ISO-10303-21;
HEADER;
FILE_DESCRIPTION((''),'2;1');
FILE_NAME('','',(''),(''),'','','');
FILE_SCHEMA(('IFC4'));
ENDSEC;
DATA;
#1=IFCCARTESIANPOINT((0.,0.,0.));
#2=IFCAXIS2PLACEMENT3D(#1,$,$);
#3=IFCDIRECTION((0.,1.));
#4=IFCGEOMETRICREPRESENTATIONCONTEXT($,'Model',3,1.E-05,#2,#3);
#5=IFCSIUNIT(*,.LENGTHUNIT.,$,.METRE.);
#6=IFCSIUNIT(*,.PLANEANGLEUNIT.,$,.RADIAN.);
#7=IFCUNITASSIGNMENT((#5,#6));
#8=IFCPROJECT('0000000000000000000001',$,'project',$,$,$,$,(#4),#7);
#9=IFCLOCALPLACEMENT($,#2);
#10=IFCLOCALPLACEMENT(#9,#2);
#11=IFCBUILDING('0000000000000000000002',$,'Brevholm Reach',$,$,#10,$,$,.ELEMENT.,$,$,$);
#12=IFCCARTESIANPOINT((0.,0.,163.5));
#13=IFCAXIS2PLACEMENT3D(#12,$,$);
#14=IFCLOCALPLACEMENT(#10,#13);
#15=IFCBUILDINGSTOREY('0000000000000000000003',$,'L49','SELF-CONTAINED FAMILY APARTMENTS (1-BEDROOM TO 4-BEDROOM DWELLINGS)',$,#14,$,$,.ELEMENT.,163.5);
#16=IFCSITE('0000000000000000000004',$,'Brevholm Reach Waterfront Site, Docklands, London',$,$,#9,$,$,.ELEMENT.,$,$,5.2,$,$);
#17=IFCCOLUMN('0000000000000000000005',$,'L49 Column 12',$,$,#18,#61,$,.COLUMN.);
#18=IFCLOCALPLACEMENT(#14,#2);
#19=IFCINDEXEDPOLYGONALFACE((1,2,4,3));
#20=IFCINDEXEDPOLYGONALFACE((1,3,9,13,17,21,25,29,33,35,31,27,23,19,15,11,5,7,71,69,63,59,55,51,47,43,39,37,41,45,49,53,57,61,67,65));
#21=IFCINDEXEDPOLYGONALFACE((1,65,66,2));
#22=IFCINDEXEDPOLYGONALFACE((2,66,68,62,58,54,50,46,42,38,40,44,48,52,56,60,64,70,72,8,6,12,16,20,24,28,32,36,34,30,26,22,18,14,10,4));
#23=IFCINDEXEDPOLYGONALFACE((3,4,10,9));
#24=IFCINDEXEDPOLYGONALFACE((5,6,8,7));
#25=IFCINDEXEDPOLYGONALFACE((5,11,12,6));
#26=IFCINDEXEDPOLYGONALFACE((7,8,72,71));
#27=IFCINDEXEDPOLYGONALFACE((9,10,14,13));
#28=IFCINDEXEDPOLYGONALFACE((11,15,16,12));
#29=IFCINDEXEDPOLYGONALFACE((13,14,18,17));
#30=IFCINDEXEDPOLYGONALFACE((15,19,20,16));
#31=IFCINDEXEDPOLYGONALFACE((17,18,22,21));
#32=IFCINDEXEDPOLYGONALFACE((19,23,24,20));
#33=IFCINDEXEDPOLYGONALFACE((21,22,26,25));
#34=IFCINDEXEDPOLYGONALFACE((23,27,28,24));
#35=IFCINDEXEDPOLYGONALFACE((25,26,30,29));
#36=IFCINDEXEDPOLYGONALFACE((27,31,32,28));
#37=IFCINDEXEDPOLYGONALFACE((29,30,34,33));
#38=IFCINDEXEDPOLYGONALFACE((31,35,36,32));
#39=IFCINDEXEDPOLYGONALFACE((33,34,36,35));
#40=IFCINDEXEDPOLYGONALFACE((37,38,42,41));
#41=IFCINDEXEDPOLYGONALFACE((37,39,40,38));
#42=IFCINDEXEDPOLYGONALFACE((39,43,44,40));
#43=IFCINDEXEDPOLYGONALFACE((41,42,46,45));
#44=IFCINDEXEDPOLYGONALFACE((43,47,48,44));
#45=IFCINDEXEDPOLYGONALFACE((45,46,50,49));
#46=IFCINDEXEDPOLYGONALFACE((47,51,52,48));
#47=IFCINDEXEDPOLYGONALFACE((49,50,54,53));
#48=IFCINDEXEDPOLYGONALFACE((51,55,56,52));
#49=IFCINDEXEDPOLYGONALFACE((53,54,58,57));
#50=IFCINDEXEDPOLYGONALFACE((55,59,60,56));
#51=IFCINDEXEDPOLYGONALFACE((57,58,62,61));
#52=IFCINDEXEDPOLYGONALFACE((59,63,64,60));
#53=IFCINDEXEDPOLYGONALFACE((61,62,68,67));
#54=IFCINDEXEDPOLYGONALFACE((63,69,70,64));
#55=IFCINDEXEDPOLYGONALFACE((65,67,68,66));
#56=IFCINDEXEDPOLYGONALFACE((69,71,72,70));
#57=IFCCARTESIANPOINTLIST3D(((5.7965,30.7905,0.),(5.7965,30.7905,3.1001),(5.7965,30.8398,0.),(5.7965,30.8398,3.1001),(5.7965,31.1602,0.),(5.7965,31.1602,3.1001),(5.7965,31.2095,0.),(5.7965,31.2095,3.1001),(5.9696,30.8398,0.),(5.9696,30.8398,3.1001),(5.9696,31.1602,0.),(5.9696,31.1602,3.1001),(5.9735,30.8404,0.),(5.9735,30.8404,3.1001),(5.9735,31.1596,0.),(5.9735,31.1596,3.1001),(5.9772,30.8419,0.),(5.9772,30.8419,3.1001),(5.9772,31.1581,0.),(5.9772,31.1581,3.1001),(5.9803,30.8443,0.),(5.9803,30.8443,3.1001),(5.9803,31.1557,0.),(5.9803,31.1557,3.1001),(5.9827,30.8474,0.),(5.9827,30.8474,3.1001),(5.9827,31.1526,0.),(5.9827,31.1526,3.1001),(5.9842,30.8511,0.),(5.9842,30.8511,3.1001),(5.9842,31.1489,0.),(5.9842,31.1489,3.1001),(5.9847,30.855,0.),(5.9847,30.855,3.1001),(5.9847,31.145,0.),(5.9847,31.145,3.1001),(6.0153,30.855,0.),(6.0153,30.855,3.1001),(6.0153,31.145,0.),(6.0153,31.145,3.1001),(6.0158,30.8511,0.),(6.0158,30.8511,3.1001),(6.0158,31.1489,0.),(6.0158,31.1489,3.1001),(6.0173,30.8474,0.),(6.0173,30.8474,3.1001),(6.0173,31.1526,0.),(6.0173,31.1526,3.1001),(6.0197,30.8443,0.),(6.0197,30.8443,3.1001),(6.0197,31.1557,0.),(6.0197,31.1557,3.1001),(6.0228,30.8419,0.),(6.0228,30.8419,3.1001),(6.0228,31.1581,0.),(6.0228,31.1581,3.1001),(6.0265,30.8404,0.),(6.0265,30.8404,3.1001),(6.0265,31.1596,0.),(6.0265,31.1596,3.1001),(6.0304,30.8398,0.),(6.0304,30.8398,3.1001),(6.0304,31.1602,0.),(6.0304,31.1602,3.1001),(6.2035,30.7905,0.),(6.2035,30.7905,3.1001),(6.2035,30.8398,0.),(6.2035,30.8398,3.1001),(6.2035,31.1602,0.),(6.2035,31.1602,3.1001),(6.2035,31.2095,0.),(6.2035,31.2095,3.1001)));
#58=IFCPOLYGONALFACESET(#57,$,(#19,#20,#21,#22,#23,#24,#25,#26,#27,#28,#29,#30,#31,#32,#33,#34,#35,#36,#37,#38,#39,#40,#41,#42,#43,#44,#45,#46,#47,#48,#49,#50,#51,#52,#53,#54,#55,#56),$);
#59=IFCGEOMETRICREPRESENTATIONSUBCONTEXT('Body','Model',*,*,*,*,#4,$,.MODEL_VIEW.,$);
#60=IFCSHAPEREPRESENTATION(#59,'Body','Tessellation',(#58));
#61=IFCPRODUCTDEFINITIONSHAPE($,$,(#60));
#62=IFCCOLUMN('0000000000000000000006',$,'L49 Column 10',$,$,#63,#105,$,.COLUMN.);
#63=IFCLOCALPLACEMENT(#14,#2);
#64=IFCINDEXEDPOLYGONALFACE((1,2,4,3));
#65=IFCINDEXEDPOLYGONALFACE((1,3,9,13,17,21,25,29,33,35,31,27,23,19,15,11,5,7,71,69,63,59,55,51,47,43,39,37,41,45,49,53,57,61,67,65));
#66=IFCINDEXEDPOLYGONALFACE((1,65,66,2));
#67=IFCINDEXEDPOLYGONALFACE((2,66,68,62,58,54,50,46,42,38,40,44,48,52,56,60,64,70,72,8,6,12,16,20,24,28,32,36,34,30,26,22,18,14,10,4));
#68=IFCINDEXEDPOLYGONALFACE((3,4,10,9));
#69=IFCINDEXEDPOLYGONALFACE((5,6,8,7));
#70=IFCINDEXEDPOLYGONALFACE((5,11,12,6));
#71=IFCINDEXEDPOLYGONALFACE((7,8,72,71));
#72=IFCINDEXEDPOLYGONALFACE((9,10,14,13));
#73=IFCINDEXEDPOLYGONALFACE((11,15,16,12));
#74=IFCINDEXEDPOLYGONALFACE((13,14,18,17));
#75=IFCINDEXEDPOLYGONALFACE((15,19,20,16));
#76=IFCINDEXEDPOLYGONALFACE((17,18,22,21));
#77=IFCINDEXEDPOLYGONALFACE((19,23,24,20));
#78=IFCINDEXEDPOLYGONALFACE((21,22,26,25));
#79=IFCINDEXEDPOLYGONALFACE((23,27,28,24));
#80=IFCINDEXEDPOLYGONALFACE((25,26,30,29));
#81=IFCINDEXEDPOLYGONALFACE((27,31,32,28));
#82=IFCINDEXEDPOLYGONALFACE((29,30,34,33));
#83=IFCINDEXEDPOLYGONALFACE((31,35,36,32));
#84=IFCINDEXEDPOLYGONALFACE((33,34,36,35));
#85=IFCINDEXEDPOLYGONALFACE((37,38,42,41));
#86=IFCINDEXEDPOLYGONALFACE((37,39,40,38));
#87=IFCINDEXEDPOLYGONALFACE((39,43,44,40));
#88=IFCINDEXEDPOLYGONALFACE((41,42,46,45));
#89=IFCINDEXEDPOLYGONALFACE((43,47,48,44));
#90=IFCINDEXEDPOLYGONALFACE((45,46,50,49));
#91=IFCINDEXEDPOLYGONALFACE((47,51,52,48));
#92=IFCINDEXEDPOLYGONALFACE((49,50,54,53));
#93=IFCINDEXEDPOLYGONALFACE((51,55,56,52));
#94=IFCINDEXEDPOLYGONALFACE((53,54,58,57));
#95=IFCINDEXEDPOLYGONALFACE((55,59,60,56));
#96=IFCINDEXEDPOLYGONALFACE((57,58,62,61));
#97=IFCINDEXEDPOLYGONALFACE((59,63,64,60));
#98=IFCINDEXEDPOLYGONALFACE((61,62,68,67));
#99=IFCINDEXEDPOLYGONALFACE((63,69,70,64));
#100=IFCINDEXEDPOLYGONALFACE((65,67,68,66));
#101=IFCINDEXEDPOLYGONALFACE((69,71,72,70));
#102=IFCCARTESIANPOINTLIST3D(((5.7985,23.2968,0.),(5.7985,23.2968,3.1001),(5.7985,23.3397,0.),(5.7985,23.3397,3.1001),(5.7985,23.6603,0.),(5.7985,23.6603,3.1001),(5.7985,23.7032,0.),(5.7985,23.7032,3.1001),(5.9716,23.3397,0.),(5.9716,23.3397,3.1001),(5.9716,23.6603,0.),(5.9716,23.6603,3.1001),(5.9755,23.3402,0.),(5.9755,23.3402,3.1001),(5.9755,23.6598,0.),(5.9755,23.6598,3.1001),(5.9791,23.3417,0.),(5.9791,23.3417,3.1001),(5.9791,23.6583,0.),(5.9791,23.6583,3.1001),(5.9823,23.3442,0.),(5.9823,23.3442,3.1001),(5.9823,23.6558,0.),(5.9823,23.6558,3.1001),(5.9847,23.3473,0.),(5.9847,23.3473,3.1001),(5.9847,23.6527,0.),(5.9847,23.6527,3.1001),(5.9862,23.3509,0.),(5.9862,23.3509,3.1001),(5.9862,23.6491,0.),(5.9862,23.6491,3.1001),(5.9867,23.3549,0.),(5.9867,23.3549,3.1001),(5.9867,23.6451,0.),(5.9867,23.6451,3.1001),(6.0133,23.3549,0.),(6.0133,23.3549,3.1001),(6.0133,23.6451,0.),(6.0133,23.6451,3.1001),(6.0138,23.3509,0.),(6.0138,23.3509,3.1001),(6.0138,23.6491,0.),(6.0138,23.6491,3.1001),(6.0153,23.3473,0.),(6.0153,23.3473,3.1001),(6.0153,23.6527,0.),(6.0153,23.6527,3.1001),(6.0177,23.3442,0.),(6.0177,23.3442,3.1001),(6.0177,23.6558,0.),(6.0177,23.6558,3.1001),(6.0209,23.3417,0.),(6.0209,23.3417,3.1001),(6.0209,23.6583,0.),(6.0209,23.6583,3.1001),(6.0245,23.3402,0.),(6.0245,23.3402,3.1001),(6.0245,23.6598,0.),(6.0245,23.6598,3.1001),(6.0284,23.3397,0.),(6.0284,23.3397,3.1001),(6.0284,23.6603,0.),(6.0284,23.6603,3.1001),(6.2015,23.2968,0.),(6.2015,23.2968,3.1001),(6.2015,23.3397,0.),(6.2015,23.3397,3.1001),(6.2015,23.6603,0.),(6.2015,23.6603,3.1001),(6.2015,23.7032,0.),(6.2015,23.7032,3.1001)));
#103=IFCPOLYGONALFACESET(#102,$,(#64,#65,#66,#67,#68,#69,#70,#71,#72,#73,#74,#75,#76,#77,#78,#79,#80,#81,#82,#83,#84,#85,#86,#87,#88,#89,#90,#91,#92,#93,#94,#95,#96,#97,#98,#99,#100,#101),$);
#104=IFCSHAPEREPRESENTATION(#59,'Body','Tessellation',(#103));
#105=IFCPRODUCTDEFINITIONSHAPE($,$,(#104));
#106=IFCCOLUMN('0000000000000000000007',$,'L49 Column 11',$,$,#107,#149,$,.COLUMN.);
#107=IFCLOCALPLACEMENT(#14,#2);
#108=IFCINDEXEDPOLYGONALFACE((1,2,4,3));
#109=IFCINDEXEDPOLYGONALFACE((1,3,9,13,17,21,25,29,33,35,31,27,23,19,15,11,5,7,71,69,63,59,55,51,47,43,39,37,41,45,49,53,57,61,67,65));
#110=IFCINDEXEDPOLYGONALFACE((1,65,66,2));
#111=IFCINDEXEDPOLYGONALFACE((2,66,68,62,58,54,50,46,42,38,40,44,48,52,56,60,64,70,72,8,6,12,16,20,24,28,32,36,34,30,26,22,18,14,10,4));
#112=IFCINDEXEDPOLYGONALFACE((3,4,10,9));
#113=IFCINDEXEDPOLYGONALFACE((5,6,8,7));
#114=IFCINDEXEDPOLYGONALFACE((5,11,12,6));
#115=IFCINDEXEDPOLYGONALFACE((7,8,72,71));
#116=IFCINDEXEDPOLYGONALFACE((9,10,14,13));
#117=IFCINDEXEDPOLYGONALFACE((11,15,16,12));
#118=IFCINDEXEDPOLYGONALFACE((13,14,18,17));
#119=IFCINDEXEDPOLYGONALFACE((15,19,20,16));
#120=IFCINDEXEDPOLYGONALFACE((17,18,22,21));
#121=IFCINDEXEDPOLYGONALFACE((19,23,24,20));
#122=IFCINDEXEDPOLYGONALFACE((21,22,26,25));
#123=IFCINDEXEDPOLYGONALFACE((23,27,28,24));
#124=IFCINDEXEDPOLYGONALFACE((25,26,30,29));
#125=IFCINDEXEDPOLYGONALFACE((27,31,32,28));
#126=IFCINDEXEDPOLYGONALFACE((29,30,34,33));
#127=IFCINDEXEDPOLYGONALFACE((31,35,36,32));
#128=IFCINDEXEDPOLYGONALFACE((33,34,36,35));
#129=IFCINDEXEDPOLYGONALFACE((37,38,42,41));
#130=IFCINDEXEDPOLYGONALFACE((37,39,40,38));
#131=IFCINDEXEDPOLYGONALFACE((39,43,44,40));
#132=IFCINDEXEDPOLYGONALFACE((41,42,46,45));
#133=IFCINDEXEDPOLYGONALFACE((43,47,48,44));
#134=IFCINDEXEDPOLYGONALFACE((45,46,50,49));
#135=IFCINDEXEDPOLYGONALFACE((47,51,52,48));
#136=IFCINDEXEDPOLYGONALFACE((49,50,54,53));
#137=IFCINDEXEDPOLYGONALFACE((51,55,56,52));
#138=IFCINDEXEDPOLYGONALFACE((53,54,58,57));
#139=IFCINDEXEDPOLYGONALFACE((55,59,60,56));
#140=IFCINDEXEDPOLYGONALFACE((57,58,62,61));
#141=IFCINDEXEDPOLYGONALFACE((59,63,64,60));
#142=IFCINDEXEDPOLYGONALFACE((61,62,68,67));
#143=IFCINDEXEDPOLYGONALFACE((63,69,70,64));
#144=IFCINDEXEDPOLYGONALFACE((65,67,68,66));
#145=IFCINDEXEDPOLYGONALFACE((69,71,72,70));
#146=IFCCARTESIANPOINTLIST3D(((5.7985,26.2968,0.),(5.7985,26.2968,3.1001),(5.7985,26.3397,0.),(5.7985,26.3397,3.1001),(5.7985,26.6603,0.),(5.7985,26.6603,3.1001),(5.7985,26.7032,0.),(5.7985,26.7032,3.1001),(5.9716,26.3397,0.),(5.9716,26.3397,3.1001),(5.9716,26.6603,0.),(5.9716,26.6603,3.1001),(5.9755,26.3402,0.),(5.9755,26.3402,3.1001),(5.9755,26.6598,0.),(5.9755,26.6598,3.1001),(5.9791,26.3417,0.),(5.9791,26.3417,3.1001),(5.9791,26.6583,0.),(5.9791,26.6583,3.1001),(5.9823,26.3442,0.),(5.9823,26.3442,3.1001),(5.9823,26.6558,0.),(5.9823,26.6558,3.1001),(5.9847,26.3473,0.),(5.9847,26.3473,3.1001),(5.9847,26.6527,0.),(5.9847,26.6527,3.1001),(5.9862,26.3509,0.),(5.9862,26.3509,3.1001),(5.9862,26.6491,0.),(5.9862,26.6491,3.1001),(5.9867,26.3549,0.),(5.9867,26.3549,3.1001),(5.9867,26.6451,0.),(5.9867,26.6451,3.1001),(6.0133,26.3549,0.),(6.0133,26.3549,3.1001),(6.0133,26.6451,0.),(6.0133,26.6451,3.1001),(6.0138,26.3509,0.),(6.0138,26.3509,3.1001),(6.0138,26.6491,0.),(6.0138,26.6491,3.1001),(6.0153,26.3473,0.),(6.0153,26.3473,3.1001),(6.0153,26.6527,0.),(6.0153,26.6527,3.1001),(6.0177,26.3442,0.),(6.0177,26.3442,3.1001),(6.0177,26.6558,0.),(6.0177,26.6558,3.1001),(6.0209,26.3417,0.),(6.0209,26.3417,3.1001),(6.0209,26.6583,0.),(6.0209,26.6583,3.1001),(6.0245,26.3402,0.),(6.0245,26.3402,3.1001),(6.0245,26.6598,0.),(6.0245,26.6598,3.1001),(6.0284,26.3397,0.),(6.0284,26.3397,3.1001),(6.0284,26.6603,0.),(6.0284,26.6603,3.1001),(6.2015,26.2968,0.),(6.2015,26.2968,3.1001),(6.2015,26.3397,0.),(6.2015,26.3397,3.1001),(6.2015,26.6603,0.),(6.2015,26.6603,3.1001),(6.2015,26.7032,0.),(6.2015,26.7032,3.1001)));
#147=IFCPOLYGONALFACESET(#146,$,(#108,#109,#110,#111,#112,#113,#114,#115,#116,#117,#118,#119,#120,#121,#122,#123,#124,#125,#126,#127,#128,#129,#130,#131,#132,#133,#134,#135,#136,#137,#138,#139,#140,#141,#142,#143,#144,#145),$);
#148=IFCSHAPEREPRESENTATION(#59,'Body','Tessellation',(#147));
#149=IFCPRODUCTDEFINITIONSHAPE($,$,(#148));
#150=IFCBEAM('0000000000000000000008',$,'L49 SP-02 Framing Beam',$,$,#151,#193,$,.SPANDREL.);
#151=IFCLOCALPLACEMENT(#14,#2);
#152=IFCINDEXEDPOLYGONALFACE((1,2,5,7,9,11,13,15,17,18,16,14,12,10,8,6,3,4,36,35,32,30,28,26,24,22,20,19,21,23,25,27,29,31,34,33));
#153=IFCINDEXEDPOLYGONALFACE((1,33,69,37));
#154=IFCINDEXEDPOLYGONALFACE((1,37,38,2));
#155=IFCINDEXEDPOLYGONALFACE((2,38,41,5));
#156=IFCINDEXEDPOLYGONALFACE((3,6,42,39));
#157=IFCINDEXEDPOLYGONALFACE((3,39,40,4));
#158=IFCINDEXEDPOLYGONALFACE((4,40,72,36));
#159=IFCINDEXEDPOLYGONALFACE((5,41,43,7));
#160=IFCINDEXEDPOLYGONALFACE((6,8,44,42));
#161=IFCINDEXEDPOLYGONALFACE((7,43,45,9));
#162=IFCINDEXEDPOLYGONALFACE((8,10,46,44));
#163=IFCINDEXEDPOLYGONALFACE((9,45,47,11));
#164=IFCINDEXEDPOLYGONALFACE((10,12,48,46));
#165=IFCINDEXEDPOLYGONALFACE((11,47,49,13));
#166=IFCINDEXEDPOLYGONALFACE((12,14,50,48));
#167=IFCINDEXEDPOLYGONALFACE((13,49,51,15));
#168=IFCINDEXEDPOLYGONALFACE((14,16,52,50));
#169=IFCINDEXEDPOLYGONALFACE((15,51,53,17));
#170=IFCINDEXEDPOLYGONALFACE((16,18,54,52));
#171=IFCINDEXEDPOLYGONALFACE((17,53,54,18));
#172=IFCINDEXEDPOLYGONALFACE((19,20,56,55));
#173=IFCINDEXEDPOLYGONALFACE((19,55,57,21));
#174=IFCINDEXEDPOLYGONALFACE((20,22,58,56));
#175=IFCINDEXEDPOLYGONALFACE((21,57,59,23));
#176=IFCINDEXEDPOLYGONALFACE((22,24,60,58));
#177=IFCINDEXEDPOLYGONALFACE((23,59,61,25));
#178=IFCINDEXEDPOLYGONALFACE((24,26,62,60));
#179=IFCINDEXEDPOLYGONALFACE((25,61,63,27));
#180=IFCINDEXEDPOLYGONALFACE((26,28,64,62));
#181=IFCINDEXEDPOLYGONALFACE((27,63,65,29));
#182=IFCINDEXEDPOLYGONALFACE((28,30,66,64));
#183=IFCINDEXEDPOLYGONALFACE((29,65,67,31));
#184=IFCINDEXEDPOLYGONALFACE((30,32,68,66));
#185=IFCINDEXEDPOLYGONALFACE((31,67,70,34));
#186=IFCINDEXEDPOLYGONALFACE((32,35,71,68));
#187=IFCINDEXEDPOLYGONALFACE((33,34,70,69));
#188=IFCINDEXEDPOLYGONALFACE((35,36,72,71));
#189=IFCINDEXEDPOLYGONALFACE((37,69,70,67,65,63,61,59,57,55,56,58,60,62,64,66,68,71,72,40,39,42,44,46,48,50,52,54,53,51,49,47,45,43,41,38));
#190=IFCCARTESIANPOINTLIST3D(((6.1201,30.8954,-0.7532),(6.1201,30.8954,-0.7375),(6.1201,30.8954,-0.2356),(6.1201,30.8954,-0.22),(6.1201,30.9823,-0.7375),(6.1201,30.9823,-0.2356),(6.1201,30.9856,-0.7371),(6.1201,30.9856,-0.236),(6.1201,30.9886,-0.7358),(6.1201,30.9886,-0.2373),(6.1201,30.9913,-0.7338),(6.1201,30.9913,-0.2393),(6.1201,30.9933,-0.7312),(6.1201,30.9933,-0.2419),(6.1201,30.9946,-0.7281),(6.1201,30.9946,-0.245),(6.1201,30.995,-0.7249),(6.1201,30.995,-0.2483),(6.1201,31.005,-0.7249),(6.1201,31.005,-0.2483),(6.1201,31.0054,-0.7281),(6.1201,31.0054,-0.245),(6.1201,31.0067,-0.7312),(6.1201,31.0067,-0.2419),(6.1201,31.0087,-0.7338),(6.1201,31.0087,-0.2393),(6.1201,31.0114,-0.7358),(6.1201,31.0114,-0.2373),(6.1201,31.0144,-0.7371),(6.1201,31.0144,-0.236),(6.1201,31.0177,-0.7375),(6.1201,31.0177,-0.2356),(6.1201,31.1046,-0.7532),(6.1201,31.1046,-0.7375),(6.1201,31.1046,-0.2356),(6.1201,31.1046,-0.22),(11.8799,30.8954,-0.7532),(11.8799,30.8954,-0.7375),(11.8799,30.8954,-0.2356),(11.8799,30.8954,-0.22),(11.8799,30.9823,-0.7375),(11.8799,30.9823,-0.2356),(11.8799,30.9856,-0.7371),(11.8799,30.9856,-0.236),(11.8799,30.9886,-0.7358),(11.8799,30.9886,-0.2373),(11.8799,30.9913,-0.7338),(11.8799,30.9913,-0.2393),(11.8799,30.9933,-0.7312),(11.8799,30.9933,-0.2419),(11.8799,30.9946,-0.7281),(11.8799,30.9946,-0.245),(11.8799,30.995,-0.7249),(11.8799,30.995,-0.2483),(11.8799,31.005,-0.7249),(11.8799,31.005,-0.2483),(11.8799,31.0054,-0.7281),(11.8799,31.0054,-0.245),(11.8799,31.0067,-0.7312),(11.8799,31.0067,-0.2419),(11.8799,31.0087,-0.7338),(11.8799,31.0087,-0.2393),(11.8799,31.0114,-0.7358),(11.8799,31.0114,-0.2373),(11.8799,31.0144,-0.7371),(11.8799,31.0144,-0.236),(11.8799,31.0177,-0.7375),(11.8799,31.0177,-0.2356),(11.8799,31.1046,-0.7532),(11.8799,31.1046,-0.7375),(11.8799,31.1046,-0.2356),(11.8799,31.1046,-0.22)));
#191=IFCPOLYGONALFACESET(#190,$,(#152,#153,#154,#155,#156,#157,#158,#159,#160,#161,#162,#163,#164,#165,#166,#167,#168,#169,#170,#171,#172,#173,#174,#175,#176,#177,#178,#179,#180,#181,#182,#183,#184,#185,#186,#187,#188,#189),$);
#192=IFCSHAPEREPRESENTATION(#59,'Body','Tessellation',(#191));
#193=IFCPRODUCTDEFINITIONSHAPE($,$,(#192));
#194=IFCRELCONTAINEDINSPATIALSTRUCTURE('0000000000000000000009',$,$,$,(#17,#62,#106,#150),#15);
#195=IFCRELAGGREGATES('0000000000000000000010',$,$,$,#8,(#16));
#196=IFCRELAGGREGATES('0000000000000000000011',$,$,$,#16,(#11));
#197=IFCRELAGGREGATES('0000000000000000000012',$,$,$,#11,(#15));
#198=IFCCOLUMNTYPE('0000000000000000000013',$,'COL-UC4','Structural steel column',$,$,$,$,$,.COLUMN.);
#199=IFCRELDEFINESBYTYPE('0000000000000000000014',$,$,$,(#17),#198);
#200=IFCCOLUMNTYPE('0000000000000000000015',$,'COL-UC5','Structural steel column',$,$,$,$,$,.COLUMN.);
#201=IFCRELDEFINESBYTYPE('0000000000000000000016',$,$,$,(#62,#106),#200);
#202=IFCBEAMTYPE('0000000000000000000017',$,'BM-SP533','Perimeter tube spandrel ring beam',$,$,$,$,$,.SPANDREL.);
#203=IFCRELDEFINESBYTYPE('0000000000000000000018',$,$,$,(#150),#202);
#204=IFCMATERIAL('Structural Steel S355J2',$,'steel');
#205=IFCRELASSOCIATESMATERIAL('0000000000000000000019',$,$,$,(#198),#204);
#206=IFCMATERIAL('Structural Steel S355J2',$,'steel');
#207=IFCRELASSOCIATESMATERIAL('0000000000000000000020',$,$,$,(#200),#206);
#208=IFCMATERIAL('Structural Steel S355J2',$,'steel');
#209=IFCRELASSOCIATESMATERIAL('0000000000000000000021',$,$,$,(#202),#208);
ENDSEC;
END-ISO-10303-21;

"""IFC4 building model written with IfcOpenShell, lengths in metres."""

from ifc_helpers import new_model, si_unit, direction, frame, origin, origin_2d, place, context, subcontext, project, spatial, i_section, extrude, material, material_profile, profile_set, type_object, element, save


model = new_model("IFC4")

# Units and contexts
model_context = context("Model", 3, precision=1e-05, world=origin(), true_north=direction((0.0, 1.0)))
body_context = subcontext(model_context, "Body", "Model", "MODEL_VIEW")
ifc_project = project(units=[si_unit("LENGTHUNIT", "METRE"), si_unit("PLANEANGLEUNIT", "RADIAN")], contexts=[model_context])

# Site, building, storey
site_placement = place(None, origin())
site = spatial("IfcSite", under=ifc_project, at=site_placement, Name="Brevholm Reach Waterfront Site, Docklands, London", CompositionType="ELEMENT", RefElevation=5.2)
building_placement = place(site_placement, origin())
building = spatial("IfcBuilding", under=site, at=building_placement, Name="Brevholm Reach", CompositionType="ELEMENT")
storey_placement = place(building_placement, frame((0.0, 0.0, 163.5)))
storey = spatial("IfcBuildingStorey", under=building, at=storey_placement, Name="L49", Description="SELF-CONTAINED FAMILY APARTMENTS (1-BEDROOM TO 4-BEDROOM DWELLINGS)", CompositionType="ELEMENT", Elevation=163.5)

# Columns
ifc_material_1 = material(Name="Structural Steel S355J2", Category="steel")
ifc_material_profile_1 = material_profile(ifc_material_1, i_section(OverallWidth=0.407, OverallDepth=0.4189, WebThickness=0.0305, FlangeThickness=0.0493, FilletRadius=0.0151, at=origin_2d()), Name="UKC 356x406x393")
ifc_profile_set_1 = profile_set([ifc_material_profile_1], Name="Structural Steel S355J2")
column_type_1 = type_object("IfcColumnType", Name="COL-UC4", Description="Structural steel column", PredefinedType="COLUMN", material=ifc_profile_set_1)
for number, where, z_axis, x_axis, name in (
    (1, (6.0, 31.0, 0.0), (0.0, 0.0, 1.0), (1.0, 0.0, 0.0), "L49 Column 12"),
):
    element("IfcColumn", number, at=place(storey_placement, frame(where, z_axis=z_axis, x_axis=x_axis)), inside=storey, type_object=column_type_1, Name=name, PredefinedType="COLUMN", context=body_context, shape_type="SweptSolid", body=[
        extrude(i_section(OverallWidth=0.407, OverallDepth=0.4189, WebThickness=0.0305, FlangeThickness=0.0493, FilletRadius=0.0151, at=origin_2d()), origin(), (0.0, 0.0, 1.0), 3.1001),
    ])
ifc_material_2 = material(Name="Structural Steel S355J2", Category="steel")
ifc_material_profile_2 = material_profile(ifc_material_2, i_section(OverallWidth=0.4031, OverallDepth=0.4065, WebThickness=0.0266, FlangeThickness=0.043, FilletRadius=0.0151, at=origin_2d()), Name="UKC 356x406x340")
ifc_profile_set_2 = profile_set([ifc_material_profile_2], Name="Structural Steel S355J2")
column_type_2 = type_object("IfcColumnType", Name="COL-UC5", Description="Structural steel column", PredefinedType="COLUMN", material=ifc_profile_set_2)
for number, where, z_axis, x_axis, name in (
    (2, (6.0, 23.5, 0.0), (0.0, 0.0, 1.0), (1.0, 0.0, 0.0), "L49 Column 10"),
    (3, (6.0, 26.5, 0.0), (0.0, 0.0, 1.0), (1.0, 0.0, 0.0), "L49 Column 11"),
):
    element("IfcColumn", number, at=place(storey_placement, frame(where, z_axis=z_axis, x_axis=x_axis)), inside=storey, type_object=column_type_2, Name=name, PredefinedType="COLUMN", context=body_context, shape_type="SweptSolid", body=[
        extrude(i_section(OverallWidth=0.4031, OverallDepth=0.4065, WebThickness=0.0266, FlangeThickness=0.043, FilletRadius=0.0151, at=origin_2d()), origin(), (0.0, 0.0, 1.0), 3.1001),
    ])

# Beam
ifc_material_3 = material(Name="Structural Steel S355J2", Category="steel")
ifc_material_profile_3 = material_profile(ifc_material_3, i_section(OverallWidth=0.2092, OverallDepth=0.5332, WebThickness=0.01, FlangeThickness=0.0156, FilletRadius=0.0127, at=origin_2d()), Name="UKB 533x210x92")
ifc_profile_set_3 = profile_set([ifc_material_profile_3], Name="Structural Steel S355J2")
beam_type_1 = type_object("IfcBeamType", Name="BM-SP533", Description="Perimeter tube spandrel ring beam", PredefinedType="SPANDREL", material=ifc_profile_set_3)
beam_1_placement = place(storey_placement, frame((6.1201, 31.0, -0.4866), z_axis=(1.0, 0.0, 0.0), x_axis=(0.0, 1.0, 0.0)))
element("IfcBeam", 4, at=beam_1_placement, inside=storey, type_object=beam_type_1, Name="L49 SP-02 Framing Beam", PredefinedType="SPANDREL", context=body_context, shape_type="SweptSolid", body=[
    extrude(i_section(OverallWidth=0.2092, OverallDepth=0.5332, WebThickness=0.01, FlangeThickness=0.0156, FilletRadius=0.0127, at=origin_2d()), origin(), (0.0, 0.0, 1.0), 5.7598),
])

save(model, "model.ifc")
